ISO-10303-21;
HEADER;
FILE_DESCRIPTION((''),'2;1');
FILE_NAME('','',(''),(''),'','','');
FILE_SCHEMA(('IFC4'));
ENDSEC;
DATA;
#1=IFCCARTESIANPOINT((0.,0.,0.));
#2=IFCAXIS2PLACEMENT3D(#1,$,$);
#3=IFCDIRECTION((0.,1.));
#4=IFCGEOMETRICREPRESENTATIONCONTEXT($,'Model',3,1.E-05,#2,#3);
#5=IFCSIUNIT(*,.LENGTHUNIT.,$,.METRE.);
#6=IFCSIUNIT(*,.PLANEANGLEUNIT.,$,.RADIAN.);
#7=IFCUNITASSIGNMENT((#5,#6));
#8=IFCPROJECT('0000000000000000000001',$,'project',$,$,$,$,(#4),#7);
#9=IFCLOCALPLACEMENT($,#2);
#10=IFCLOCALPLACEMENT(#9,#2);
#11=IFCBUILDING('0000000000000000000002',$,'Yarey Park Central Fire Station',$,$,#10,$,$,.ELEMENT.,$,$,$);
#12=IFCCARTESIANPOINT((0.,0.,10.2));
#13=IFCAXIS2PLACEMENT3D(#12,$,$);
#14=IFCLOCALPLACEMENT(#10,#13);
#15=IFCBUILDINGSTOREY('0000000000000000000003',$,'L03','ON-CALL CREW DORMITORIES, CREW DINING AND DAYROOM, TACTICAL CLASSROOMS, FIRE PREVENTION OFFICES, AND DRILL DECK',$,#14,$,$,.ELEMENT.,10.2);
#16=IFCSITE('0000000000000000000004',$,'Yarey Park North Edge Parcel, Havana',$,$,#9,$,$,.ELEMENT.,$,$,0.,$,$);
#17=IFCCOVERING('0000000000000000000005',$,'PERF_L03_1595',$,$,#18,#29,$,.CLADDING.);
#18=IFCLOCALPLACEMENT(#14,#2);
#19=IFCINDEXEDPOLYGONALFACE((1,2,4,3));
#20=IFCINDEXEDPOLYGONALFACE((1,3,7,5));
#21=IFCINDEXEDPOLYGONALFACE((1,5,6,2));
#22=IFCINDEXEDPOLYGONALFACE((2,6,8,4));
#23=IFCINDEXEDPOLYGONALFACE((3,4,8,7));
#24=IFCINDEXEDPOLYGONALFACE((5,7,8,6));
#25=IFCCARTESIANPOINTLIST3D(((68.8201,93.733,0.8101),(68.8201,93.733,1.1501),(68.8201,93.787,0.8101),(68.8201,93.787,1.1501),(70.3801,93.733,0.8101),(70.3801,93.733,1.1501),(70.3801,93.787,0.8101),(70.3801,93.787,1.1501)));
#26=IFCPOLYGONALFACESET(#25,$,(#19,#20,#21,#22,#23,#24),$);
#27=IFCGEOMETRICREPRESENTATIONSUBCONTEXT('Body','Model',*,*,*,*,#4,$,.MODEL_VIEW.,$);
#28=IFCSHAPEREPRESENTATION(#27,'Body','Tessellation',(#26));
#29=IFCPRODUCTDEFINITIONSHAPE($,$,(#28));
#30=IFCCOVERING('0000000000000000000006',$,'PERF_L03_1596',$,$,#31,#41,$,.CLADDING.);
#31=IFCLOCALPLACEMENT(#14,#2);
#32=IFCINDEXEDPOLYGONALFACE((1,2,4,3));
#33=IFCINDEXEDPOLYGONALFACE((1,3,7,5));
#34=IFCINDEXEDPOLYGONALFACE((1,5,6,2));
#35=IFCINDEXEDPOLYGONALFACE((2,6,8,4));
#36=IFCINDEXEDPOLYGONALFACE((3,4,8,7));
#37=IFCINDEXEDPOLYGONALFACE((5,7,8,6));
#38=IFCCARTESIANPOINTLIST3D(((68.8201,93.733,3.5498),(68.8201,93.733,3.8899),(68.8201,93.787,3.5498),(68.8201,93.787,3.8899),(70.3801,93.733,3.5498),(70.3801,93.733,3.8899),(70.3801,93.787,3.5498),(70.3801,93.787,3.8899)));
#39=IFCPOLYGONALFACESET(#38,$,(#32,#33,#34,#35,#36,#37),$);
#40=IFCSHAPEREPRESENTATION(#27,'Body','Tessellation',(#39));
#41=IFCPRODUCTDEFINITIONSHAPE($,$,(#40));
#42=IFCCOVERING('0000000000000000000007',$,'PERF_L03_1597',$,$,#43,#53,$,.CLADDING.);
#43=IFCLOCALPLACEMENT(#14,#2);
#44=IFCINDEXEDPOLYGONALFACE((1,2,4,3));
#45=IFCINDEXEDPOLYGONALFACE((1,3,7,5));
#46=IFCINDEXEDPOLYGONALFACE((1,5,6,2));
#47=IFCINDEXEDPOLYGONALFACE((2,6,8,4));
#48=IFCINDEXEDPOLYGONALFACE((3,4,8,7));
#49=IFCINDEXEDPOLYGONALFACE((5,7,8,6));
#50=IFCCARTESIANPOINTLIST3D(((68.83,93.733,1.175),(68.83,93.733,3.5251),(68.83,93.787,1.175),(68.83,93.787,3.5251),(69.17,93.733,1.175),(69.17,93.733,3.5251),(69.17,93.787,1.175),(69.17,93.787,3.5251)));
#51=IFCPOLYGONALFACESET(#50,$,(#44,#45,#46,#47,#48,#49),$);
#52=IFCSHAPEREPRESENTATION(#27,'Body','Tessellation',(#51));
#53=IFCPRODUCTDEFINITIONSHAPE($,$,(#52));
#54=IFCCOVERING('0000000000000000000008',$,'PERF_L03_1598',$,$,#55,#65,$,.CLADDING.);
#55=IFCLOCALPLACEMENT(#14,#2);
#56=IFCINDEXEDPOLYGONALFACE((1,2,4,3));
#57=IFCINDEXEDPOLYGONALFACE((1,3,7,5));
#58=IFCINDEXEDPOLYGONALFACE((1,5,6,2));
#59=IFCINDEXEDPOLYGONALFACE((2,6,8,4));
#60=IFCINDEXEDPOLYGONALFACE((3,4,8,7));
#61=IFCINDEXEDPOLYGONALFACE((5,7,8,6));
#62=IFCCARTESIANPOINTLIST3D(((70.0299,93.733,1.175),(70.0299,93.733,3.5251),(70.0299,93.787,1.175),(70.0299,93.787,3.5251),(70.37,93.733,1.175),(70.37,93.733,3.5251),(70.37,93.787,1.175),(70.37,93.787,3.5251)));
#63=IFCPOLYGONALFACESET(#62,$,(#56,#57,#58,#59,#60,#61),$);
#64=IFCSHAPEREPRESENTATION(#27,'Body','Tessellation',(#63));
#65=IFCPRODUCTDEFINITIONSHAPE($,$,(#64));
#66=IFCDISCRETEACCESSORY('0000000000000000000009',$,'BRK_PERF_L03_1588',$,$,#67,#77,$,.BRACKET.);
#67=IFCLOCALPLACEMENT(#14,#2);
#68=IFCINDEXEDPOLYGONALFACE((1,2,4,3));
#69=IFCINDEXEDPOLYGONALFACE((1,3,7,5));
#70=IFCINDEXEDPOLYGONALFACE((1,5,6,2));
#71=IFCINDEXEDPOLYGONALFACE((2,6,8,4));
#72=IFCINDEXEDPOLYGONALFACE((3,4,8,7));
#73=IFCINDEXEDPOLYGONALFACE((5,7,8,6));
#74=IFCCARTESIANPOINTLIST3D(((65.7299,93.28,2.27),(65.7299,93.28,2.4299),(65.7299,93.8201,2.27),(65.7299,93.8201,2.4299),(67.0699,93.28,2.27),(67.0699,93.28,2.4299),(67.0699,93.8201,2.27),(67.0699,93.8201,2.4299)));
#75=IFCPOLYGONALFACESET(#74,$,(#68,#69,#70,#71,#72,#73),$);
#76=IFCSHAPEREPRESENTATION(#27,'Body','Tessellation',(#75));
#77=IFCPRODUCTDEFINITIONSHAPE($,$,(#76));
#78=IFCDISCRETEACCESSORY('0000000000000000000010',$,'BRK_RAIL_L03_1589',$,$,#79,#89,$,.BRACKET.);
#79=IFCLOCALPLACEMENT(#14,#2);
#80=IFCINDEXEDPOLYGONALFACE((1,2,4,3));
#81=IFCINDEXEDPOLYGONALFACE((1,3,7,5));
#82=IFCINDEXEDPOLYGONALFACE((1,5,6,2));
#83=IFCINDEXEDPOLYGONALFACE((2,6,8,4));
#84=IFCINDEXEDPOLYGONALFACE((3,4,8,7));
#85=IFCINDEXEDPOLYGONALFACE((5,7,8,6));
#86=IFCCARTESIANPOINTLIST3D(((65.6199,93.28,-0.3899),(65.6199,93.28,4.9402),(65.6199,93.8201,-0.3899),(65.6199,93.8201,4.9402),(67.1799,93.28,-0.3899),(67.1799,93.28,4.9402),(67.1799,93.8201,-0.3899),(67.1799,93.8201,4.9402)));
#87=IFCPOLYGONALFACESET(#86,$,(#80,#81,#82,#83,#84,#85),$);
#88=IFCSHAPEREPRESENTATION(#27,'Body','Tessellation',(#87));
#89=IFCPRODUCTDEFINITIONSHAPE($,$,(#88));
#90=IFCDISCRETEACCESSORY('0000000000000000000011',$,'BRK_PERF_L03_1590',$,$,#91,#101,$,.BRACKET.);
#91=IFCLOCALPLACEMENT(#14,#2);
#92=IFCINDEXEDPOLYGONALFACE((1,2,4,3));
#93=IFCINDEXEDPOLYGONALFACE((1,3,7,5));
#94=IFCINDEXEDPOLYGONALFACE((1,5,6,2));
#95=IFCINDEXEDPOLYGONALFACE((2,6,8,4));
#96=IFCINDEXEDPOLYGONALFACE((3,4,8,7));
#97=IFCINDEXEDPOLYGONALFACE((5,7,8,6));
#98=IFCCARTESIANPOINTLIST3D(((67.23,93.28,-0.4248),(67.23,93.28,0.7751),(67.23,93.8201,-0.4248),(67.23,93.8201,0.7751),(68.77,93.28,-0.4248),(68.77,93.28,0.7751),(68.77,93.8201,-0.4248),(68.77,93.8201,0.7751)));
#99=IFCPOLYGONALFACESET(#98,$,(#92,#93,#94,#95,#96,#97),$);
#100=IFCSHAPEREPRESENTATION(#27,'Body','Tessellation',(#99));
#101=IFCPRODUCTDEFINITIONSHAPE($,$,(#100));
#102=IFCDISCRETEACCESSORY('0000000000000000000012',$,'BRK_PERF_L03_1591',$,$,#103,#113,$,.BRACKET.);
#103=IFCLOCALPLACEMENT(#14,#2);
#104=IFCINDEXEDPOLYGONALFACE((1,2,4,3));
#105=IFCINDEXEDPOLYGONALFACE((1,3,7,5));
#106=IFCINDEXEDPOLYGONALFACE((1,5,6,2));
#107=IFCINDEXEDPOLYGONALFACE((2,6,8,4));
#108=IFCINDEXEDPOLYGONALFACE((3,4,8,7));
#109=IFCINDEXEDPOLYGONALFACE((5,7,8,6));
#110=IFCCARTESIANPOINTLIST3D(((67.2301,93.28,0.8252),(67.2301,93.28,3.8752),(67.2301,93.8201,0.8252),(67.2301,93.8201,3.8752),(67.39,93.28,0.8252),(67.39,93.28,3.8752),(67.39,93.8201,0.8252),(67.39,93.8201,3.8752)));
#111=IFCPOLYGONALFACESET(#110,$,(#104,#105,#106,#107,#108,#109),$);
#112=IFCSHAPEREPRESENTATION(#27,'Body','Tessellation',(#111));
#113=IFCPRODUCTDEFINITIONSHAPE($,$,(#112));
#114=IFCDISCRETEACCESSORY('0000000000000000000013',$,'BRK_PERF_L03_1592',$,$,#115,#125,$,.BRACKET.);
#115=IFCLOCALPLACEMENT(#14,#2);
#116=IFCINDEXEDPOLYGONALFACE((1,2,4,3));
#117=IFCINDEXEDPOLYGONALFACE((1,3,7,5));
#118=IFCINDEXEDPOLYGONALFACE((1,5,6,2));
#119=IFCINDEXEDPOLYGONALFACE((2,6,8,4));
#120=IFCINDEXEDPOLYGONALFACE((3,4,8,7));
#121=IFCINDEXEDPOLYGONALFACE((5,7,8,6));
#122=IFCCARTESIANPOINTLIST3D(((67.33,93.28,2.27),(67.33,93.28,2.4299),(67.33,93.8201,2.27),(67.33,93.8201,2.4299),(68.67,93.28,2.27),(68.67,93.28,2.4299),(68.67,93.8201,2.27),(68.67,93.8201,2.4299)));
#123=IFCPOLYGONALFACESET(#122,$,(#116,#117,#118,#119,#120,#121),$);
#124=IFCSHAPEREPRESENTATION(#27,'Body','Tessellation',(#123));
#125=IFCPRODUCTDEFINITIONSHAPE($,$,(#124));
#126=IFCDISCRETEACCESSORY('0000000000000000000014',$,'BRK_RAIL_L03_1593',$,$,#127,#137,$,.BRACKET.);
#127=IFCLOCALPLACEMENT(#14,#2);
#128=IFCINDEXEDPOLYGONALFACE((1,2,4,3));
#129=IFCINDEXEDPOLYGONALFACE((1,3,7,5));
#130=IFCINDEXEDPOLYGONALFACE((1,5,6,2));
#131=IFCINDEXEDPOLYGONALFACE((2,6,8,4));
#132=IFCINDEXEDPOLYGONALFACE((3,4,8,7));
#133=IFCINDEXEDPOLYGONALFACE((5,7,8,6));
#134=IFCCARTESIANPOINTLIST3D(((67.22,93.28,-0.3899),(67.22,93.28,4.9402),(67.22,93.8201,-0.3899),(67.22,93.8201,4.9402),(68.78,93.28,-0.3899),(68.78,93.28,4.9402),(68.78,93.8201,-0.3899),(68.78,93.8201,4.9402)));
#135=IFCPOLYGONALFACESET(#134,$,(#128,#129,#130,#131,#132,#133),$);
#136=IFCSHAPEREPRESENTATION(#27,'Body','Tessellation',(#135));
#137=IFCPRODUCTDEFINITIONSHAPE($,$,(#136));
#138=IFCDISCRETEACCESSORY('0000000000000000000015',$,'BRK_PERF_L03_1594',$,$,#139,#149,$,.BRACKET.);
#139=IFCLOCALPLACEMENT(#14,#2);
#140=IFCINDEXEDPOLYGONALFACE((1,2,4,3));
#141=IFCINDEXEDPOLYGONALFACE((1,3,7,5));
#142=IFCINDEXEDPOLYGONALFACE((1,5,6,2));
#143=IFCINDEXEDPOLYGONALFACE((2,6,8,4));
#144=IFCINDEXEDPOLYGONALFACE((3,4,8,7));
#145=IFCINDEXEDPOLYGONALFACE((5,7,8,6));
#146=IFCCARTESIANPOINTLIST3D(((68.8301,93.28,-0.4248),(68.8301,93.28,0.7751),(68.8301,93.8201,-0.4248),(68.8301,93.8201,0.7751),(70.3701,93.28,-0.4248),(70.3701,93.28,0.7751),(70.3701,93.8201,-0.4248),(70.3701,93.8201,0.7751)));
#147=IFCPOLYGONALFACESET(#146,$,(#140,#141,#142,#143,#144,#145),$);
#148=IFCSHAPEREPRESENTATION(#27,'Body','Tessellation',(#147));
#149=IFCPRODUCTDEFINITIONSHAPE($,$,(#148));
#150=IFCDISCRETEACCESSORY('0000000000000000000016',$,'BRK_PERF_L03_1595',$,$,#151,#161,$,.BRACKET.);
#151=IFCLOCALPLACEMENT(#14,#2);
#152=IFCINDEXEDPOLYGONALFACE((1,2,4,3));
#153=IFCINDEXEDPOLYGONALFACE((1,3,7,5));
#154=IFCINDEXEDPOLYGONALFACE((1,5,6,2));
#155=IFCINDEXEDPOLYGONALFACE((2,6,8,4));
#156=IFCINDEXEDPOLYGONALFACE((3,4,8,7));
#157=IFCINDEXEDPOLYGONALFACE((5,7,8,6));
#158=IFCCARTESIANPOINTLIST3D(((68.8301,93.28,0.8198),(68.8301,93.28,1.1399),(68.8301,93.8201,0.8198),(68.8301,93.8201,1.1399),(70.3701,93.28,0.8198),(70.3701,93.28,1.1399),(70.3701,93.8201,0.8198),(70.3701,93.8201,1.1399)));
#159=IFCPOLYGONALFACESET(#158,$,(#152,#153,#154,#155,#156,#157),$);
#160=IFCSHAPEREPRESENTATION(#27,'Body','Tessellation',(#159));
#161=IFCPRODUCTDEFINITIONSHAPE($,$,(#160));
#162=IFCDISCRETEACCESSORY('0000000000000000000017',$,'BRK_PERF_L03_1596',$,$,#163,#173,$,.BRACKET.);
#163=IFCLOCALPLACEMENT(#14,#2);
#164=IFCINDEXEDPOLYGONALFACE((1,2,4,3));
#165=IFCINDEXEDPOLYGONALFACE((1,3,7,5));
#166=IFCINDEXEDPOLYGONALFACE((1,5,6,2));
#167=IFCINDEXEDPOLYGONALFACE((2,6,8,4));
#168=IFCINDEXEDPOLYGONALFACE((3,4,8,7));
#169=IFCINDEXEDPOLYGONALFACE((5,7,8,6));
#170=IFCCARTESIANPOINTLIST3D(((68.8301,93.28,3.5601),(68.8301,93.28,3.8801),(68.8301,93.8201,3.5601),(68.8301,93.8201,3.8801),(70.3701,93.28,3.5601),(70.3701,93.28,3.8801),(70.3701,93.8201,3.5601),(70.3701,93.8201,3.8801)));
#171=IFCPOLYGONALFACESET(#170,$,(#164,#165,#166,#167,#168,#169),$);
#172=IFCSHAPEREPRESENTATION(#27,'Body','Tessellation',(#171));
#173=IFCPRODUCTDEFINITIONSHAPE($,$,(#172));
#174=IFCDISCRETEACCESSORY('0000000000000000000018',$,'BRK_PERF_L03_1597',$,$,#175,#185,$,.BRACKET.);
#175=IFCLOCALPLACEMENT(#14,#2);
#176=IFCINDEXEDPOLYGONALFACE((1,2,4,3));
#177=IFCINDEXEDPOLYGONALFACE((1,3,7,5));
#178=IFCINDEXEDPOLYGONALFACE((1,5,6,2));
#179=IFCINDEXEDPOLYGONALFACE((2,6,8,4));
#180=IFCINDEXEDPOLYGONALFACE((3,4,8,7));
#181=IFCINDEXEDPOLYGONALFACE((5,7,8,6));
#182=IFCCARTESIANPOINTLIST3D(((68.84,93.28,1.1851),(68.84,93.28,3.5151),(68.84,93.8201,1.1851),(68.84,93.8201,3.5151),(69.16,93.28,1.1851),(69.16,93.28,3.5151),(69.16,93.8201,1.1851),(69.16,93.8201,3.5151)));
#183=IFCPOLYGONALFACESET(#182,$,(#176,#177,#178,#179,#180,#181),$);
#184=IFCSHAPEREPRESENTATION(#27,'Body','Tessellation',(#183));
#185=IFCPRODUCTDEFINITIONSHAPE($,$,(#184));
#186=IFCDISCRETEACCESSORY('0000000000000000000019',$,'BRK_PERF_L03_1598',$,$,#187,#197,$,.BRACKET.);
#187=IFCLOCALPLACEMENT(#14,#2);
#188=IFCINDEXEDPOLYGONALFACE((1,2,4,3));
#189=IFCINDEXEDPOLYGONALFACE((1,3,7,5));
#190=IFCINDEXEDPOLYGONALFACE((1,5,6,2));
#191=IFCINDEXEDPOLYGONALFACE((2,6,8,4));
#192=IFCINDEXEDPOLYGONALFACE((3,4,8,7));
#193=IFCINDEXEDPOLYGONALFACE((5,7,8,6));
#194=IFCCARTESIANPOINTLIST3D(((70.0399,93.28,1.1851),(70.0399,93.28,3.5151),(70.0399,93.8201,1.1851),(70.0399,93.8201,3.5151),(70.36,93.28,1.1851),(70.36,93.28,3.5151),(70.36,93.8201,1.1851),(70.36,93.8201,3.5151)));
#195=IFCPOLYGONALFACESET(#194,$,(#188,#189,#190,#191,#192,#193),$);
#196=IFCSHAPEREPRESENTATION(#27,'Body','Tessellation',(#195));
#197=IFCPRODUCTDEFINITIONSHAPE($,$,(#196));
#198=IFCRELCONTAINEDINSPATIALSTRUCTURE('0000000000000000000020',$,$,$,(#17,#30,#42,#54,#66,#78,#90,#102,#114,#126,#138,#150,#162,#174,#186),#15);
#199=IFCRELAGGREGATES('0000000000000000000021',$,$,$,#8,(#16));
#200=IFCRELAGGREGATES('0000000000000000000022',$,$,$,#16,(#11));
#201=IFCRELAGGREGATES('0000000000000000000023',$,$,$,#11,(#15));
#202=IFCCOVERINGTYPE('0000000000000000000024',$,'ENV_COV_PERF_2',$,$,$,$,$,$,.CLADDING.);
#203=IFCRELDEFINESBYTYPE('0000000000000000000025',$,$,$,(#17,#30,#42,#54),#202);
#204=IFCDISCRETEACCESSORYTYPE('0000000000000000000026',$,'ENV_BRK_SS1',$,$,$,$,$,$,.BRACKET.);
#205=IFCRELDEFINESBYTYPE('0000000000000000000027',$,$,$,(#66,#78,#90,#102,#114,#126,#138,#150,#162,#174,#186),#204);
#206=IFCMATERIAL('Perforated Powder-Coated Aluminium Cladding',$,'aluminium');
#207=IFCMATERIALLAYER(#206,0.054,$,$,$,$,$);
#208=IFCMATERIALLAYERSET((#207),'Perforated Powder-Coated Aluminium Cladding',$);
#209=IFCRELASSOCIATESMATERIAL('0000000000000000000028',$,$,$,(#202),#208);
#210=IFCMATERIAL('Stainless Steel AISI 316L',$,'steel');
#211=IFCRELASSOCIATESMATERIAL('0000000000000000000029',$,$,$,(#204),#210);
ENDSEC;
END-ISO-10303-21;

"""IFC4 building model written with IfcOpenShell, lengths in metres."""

from ifc_helpers import new_model, si_unit, direction, frame, origin, origin_2d, place, context, subcontext, project, spatial, rectangle, extrude, material, layer, layer_set, type_object, element, save


model = new_model("IFC4")

# Units and contexts
model_context = context("Model", 3, precision=1e-05, world=origin(), true_north=direction((0.0, 1.0)))
body_context = subcontext(model_context, "Body", "Model", "MODEL_VIEW")
ifc_project = project(units=[si_unit("LENGTHUNIT", "METRE"), si_unit("PLANEANGLEUNIT", "RADIAN")], contexts=[model_context])

# Site, building, storey
site_placement = place(None, origin())
site = spatial("IfcSite", under=ifc_project, at=site_placement, Name="Yarey Park North Edge Parcel, Havana", CompositionType="ELEMENT", RefElevation=0.0)
building_placement = place(site_placement, origin())
building = spatial("IfcBuilding", under=site, at=building_placement, Name="Yarey Park Central Fire Station", CompositionType="ELEMENT")
storey_placement = place(building_placement, frame((0.0, 0.0, 10.2)))
storey = spatial("IfcBuildingStorey", under=building, at=storey_placement, Name="L03", Description="ON-CALL CREW DORMITORIES, CREW DINING AND DAYROOM, TACTICAL CLASSROOMS, FIRE PREVENTION OFFICES, AND DRILL DECK", CompositionType="ELEMENT", Elevation=10.2)

# Coverings
ifc_material_1 = material(Name="Perforated Powder-Coated Aluminium Cladding", Category="aluminium")
ifc_layer_1 = layer(ifc_material_1, 0.054)
ifc_layer_set_1 = layer_set([ifc_layer_1], Name="Perforated Powder-Coated Aluminium Cladding")
covering_type_1 = type_object("IfcCoveringType", Name="ENV_COV_PERF_2", PredefinedType="CLADDING", material=ifc_layer_set_1)
for number, where, z_axis, x_axis, name in (
    (1, (69.6001, 93.76, 0.8101), (0.0, 0.0, 1.0), (1.0, 0.0, 0.0), "PERF_L03_1595"),
    (2, (69.6001, 93.76, 3.5498), (0.0, 0.0, 1.0), (1.0, 0.0, 0.0), "PERF_L03_1596"),
):
    element("IfcCovering", number, at=place(storey_placement, frame(where, z_axis=z_axis, x_axis=x_axis)), inside=storey, type_object=covering_type_1, Name=name, PredefinedType="CLADDING", context=body_context, shape_type="SweptSolid", body=[
        extrude(rectangle(XDim=1.5601, YDim=0.054, at=origin_2d()), origin(), (0.0, 0.0, 1.0), 0.3401),
    ])
for number, where, z_axis, x_axis, name in (
    (3, (69.0, 93.76, 1.175), (0.0, 0.0, 1.0), (1.0, 0.0, 0.0), "PERF_L03_1597"),
    (4, (70.2, 93.76, 1.175), (0.0, 0.0, 1.0), (1.0, 0.0, 0.0), "PERF_L03_1598"),
):
    element("IfcCovering", number, at=place(storey_placement, frame(where, z_axis=z_axis, x_axis=x_axis)), inside=storey, type_object=covering_type_1, Name=name, PredefinedType="CLADDING", context=body_context, shape_type="SweptSolid", body=[
        extrude(rectangle(XDim=0.3401, YDim=0.054, at=origin_2d()), origin(), (0.0, 0.0, 1.0), 2.3501),
    ])

# Discrete accessories
ifc_material_2 = material(Name="Stainless Steel AISI 316L", Category="steel")
discrete_accessory_type = type_object("IfcDiscreteAccessoryType", Name="ENV_BRK_SS1", PredefinedType="BRACKET", material=ifc_material_2)
discrete_accessory_1_placement = place(storey_placement, frame((66.3999, 93.55, 2.27), z_axis=(0.0, 0.0, 1.0), x_axis=(1.0, 0.0, 0.0)))
element("IfcDiscreteAccessory", 5, at=discrete_accessory_1_placement, inside=storey, type_object=discrete_accessory_type, Name="BRK_PERF_L03_1588", PredefinedType="BRACKET", context=body_context, shape_type="SweptSolid", body=[
    extrude(rectangle(XDim=1.3401, YDim=0.54, at=origin_2d()), origin(), (0.0, 0.0, 1.0), 0.1599),
])
discrete_accessory_2_placement = place(storey_placement, frame((66.3999, 93.55, -0.3899), z_axis=(0.0, 0.0, 1.0), x_axis=(1.0, 0.0, 0.0)))
element("IfcDiscreteAccessory", 6, at=discrete_accessory_2_placement, inside=storey, type_object=discrete_accessory_type, Name="BRK_RAIL_L03_1589", PredefinedType="BRACKET", context=body_context, shape_type="SweptSolid", body=[
    extrude(rectangle(XDim=1.5601, YDim=0.54, at=origin_2d()), origin(), (0.0, 0.0, 1.0), 5.3301),
])
discrete_accessory_3_placement = place(storey_placement, frame((68.0, 93.55, -0.4248), z_axis=(0.0, 0.0, 1.0), x_axis=(1.0, 0.0, 0.0)))
element("IfcDiscreteAccessory", 7, at=discrete_accessory_3_placement, inside=storey, type_object=discrete_accessory_type, Name="BRK_PERF_L03_1590", PredefinedType="BRACKET", context=body_context, shape_type="SweptSolid", body=[
    extrude(rectangle(XDim=1.54, YDim=0.54, at=origin_2d()), origin(), (0.0, 0.0, 1.0), 1.2),
])
discrete_accessory_4_placement = place(storey_placement, frame((67.3101, 93.55, 0.8252), z_axis=(0.0, 0.0, 1.0), x_axis=(1.0, 0.0, 0.0)))
element("IfcDiscreteAccessory", 8, at=discrete_accessory_4_placement, inside=storey, type_object=discrete_accessory_type, Name="BRK_PERF_L03_1591", PredefinedType="BRACKET", context=body_context, shape_type="SweptSolid", body=[
    extrude(rectangle(XDim=0.1599, YDim=0.54, at=origin_2d()), origin(), (0.0, 0.0, 1.0), 3.05),
])
discrete_accessory_5_placement = place(storey_placement, frame((68.0, 93.55, 2.27), z_axis=(0.0, 0.0, 1.0), x_axis=(1.0, 0.0, 0.0)))
element("IfcDiscreteAccessory", 9, at=discrete_accessory_5_placement, inside=storey, type_object=discrete_accessory_type, Name="BRK_PERF_L03_1592", PredefinedType="BRACKET", context=body_context, shape_type="SweptSolid", body=[
    extrude(rectangle(XDim=1.3401, YDim=0.54, at=origin_2d()), origin(), (0.0, 0.0, 1.0), 0.1599),
])
discrete_accessory_6_placement = place(storey_placement, frame((68.0, 93.55, -0.3899), z_axis=(0.0, 0.0, 1.0), x_axis=(1.0, 0.0, 0.0)))
element("IfcDiscreteAccessory", 10, at=discrete_accessory_6_placement, inside=storey, type_object=discrete_accessory_type, Name="BRK_RAIL_L03_1593", PredefinedType="BRACKET", context=body_context, shape_type="SweptSolid", body=[
    extrude(rectangle(XDim=1.5601, YDim=0.54, at=origin_2d()), origin(), (0.0, 0.0, 1.0), 5.3301),
])
discrete_accessory_7_placement = place(storey_placement, frame((69.6001, 93.55, -0.4248), z_axis=(0.0, 0.0, 1.0), x_axis=(1.0, 0.0, 0.0)))
element("IfcDiscreteAccessory", 11, at=discrete_accessory_7_placement, inside=storey, type_object=discrete_accessory_type, Name="BRK_PERF_L03_1594", PredefinedType="BRACKET", context=body_context, shape_type="SweptSolid", body=[
    extrude(rectangle(XDim=1.54, YDim=0.54, at=origin_2d()), origin(), (0.0, 0.0, 1.0), 1.2),
])
for number, where, z_axis, x_axis, name in (
    (12, (69.6001, 93.55, 0.8198), (0.0, 0.0, 1.0), (1.0, 0.0, 0.0), "BRK_PERF_L03_1595"),
    (13, (69.6001, 93.55, 3.5601), (0.0, 0.0, 1.0), (1.0, 0.0, 0.0), "BRK_PERF_L03_1596"),
):
    element("IfcDiscreteAccessory", number, at=place(storey_placement, frame(where, z_axis=z_axis, x_axis=x_axis)), inside=storey, type_object=discrete_accessory_type, Name=name, PredefinedType="BRACKET", context=body_context, shape_type="SweptSolid", body=[
        extrude(rectangle(XDim=1.54, YDim=0.54, at=origin_2d()), origin(), (0.0, 0.0, 1.0), 0.3201),
    ])
for number, where, z_axis, x_axis, name in (
    (14, (69.0, 93.55, 1.1851), (0.0, 0.0, 1.0), (1.0, 0.0, 0.0), "BRK_PERF_L03_1597"),
    (15, (70.2, 93.55, 1.1851), (0.0, 0.0, 1.0), (1.0, 0.0, 0.0), "BRK_PERF_L03_1598"),
):
    element("IfcDiscreteAccessory", number, at=place(storey_placement, frame(where, z_axis=z_axis, x_axis=x_axis)), inside=storey, type_object=discrete_accessory_type, Name=name, PredefinedType="BRACKET", context=body_context, shape_type="SweptSolid", body=[
        extrude(rectangle(XDim=0.3201, YDim=0.54, at=origin_2d()), origin(), (0.0, 0.0, 1.0), 2.3301),
    ])

save(model, "model.ifc")
